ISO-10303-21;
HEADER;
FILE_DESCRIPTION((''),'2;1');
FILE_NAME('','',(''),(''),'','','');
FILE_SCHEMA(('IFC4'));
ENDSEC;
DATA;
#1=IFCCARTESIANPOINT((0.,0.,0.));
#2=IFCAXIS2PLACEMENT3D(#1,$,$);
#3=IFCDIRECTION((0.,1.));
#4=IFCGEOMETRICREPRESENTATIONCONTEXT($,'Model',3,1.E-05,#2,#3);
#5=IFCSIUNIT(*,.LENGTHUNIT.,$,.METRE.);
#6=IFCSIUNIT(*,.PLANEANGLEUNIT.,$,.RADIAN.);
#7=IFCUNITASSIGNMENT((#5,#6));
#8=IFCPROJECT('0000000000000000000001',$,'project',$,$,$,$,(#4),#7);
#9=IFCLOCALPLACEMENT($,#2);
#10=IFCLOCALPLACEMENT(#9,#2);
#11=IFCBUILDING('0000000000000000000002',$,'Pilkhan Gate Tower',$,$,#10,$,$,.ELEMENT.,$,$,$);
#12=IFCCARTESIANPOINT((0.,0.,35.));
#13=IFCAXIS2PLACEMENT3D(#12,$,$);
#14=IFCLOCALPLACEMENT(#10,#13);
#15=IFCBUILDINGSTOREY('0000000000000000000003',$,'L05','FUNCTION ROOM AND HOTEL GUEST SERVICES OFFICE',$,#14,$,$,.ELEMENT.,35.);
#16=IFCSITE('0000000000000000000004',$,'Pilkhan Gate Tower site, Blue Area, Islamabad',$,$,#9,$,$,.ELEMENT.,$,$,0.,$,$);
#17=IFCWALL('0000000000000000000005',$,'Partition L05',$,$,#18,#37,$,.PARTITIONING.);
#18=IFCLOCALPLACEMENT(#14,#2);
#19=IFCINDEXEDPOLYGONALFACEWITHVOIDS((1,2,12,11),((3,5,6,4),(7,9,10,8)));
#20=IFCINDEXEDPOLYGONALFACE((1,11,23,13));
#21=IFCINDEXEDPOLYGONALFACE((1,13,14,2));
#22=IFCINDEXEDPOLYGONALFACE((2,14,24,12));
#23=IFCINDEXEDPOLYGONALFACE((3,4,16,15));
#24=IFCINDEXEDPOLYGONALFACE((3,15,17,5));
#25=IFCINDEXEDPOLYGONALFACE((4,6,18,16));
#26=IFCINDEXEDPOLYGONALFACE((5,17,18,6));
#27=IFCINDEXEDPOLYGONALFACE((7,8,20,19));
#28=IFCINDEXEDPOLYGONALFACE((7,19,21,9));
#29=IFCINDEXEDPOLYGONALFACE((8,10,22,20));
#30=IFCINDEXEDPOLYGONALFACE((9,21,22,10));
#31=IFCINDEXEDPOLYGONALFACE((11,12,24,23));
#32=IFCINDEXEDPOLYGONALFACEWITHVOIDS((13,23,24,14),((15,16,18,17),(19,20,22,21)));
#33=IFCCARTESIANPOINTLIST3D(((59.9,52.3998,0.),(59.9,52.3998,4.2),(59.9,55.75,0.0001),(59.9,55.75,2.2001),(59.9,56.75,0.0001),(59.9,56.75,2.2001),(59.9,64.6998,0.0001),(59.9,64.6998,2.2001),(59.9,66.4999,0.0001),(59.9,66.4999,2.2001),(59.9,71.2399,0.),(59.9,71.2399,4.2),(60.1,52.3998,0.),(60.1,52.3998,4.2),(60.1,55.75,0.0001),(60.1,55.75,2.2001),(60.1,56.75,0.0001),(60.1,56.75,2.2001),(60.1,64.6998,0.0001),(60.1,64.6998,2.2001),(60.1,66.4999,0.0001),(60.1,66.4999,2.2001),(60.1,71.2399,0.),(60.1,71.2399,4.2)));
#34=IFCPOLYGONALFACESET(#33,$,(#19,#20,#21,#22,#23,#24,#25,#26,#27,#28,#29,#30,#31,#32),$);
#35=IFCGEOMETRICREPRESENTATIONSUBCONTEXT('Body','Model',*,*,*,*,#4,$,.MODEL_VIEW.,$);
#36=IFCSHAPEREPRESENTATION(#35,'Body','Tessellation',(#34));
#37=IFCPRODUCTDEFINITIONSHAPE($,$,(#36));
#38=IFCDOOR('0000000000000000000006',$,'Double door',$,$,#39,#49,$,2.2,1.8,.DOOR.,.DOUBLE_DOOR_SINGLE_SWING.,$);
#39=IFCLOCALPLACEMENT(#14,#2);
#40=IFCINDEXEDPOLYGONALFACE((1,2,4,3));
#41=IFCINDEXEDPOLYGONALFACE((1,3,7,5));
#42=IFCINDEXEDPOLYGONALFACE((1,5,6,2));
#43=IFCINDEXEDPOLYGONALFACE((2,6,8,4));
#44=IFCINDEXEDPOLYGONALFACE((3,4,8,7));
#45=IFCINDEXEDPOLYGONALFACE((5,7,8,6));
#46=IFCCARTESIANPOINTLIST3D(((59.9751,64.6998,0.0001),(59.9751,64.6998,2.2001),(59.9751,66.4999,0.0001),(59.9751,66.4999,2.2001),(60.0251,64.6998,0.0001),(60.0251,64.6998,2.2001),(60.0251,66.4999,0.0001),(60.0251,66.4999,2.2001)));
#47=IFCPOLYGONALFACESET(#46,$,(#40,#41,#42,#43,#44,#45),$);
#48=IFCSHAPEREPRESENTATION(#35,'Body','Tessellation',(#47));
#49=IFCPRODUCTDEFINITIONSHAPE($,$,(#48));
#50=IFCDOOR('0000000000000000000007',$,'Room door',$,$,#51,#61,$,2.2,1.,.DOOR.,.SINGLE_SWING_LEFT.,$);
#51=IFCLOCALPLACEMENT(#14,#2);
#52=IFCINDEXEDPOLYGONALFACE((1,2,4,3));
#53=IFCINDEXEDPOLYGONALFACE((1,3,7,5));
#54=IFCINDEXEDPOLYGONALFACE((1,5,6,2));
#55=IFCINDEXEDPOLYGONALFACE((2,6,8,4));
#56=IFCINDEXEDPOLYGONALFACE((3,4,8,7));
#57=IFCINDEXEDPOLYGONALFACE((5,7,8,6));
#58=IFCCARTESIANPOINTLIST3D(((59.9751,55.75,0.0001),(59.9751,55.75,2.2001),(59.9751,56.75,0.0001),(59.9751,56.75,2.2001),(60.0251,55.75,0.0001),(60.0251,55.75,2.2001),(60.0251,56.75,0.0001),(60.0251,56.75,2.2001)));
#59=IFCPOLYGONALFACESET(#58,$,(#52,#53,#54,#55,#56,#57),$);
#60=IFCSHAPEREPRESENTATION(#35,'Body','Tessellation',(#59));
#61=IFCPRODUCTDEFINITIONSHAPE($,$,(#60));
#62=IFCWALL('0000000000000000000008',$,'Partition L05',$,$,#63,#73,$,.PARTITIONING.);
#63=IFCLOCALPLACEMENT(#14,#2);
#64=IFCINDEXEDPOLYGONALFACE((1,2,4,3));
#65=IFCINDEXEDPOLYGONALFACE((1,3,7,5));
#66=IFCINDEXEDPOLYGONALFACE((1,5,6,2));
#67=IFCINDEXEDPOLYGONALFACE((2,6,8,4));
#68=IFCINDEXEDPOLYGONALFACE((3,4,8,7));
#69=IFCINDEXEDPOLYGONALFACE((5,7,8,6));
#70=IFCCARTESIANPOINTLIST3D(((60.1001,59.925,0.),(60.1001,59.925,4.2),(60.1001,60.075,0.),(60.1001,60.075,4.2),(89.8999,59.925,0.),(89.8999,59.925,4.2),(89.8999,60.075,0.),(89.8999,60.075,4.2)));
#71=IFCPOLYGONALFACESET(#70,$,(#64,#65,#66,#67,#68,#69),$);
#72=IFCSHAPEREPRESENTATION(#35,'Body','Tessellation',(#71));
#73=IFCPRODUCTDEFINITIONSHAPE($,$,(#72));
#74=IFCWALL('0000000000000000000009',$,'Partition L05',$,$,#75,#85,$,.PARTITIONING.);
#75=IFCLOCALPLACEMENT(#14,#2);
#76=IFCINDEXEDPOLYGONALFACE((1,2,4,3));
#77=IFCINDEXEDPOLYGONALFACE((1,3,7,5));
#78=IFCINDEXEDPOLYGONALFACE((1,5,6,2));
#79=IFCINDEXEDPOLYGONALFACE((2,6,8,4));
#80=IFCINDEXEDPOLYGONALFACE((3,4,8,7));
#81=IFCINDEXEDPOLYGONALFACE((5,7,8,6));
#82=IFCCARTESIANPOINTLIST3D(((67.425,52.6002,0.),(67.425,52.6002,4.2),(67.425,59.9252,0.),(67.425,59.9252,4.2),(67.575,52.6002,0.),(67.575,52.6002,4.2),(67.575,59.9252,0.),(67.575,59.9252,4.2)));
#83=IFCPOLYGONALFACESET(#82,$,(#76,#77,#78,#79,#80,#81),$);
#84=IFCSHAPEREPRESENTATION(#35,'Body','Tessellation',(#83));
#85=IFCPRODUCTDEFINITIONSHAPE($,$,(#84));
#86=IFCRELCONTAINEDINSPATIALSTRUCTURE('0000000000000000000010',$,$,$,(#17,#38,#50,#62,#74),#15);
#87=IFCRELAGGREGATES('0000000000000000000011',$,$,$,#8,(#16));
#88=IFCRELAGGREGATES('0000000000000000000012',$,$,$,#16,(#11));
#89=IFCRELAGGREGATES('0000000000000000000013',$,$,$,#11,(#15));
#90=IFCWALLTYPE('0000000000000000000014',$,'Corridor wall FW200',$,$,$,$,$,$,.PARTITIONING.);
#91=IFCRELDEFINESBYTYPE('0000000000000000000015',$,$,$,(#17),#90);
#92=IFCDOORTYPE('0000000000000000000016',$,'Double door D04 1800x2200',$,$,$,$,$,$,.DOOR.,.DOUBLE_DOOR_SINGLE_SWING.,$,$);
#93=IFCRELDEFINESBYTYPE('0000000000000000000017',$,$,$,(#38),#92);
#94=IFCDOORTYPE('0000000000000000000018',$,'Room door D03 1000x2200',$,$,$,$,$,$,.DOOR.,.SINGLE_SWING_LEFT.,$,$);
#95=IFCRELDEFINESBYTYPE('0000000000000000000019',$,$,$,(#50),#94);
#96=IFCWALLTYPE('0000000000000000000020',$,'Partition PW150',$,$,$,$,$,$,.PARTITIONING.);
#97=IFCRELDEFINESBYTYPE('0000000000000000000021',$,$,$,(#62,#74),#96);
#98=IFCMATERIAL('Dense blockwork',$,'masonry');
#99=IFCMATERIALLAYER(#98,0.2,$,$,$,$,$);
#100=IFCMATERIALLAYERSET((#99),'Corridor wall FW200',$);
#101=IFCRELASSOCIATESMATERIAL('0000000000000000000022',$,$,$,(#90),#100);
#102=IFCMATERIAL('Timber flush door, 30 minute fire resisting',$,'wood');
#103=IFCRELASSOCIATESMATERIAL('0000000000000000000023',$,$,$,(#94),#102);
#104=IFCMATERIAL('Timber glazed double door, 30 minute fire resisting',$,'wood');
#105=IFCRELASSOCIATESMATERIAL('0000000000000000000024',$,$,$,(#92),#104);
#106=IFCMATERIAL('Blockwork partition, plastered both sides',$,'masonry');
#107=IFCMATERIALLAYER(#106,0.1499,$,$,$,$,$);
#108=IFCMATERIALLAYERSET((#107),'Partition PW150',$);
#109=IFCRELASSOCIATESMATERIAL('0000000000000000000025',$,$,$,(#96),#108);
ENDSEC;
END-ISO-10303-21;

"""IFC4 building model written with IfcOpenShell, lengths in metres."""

from ifc_helpers import new_model, si_unit, direction, frame, frame_2d, origin, place, context, subcontext, project, spatial, rectangle, extrude, material, layer, layer_set, type_object, element, fill, save


model = new_model("IFC4")

# Units and contexts
model_context = context("Model", 3, precision=1e-05, world=origin(), true_north=direction((0.0, 1.0)))
body_context = subcontext(model_context, "Body", "Model", "MODEL_VIEW")
ifc_project = project(units=[si_unit("LENGTHUNIT", "METRE"), si_unit("PLANEANGLEUNIT", "RADIAN")], contexts=[model_context])

# Site, building, storey
site_placement = place(None, origin())
site = spatial("IfcSite", under=ifc_project, at=site_placement, Name="Pilkhan Gate Tower site, Blue Area, Islamabad", CompositionType="ELEMENT", RefElevation=0.0)
building_placement = place(site_placement, origin())
building = spatial("IfcBuilding", under=site, at=building_placement, Name="Pilkhan Gate Tower", CompositionType="ELEMENT")
storey_placement = place(building_placement, frame((0.0, 0.0, 35.0)))
storey = spatial("IfcBuildingStorey", under=building, at=storey_placement, Name="L05", Description="FUNCTION ROOM AND HOTEL GUEST SERVICES OFFICE", CompositionType="ELEMENT", Elevation=35.0)

# Wall, openings, doors
ifc_material_1 = material(Name="Dense blockwork", Category="masonry")
ifc_layer_1 = layer(ifc_material_1, 0.2)
ifc_layer_set_1 = layer_set([ifc_layer_1], Name="Corridor wall FW200")
wall_type_1 = type_object("IfcWallType", Name="Corridor wall FW200", PredefinedType="PARTITIONING", material=ifc_layer_set_1)
ifc_material_2 = material(Name="Timber flush door, 30 minute fire resisting", Category="wood")
door_type_1 = type_object("IfcDoorType", Name="Room door D03 1000x2200", OperationType="SINGLE_SWING_LEFT", PredefinedType="DOOR", material=ifc_material_2)
ifc_material_3 = material(Name="Timber glazed double door, 30 minute fire resisting", Category="wood")
door_type_2 = type_object("IfcDoorType", Name="Double door D04 1800x2200", OperationType="DOUBLE_DOOR_SINGLE_SWING", PredefinedType="DOOR", material=ifc_material_3)
wall_1_placement = place(storey_placement, frame((60.0, 52.3999, 0.0), z_axis=(0.0, 0.0, 1.0), x_axis=(0.0, 1.0, 0.0)))
wall_1 = element("IfcWall", 1, at=wall_1_placement, inside=storey, type_object=wall_type_1, Name="Partition L05", PredefinedType="PARTITIONING", context=body_context, shape_type="SweptSolid", body=[
    extrude(rectangle(XDim=18.8401, YDim=0.2, at=frame_2d((9.4199, 0.0))), origin(), (0.0, 0.0, 1.0), 4.2),
])
opening_1_placement = place(wall_1_placement, frame((12.3, 0.0, 0.0)))
opening_1 = element("IfcOpeningElement", 2, at=opening_1_placement, cuts=wall_1, PredefinedType="OPENING", context=body_context, shape_type="SweptSolid", body=[
    extrude(rectangle(XDim=1.8, YDim=2.2, at=frame_2d((0.8999, 1.1001))), frame((0.0, 0.1099, 0.0), z_axis=(0.0, -1.0, 0.0), x_axis=(1.0, 0.0, 0.0)), (0.0, 0.0, 1.0), 0.22),
])
opening_2_placement = place(wall_1_placement, frame((3.3501, 0.0, 0.0)))
opening_2 = element("IfcOpeningElement", 3, at=opening_2_placement, cuts=wall_1, PredefinedType="OPENING", context=body_context, shape_type="SweptSolid", body=[
    extrude(rectangle(XDim=1.0, YDim=2.2, at=frame_2d((0.5, 1.1001))), frame((0.0, 0.1099, 0.0), z_axis=(0.0, -1.0, 0.0), x_axis=(1.0, 0.0, 0.0)), (0.0, 0.0, 1.0), 0.22),
])
door_1_placement = place(opening_1_placement, origin())
door_1 = element("IfcDoor", 4, at=door_1_placement, inside=storey, type_object=door_type_2, Name="Double door", OperationType="DOUBLE_DOOR_SINGLE_SWING", OverallHeight=2.2, OverallWidth=1.8, PredefinedType="DOOR", context=body_context, shape_type="SweptSolid", body=[
    extrude(rectangle(XDim=1.8, YDim=2.2, at=frame_2d((0.8999, 1.1001))), frame((0.0, 0.0249, 0.0), z_axis=(0.0, -1.0, 0.0), x_axis=(1.0, 0.0, 0.0)), (0.0, 0.0, 1.0), 0.05),
])
fill(opening_1, door_1)
door_2_placement = place(opening_2_placement, origin())
door_2 = element("IfcDoor", 5, at=door_2_placement, inside=storey, type_object=door_type_1, Name="Room door", OperationType="SINGLE_SWING_LEFT", OverallHeight=2.2, OverallWidth=1.0, PredefinedType="DOOR", context=body_context, shape_type="SweptSolid", body=[
    extrude(rectangle(XDim=1.0, YDim=2.2, at=frame_2d((0.5, 1.1001))), frame((0.0, 0.0249, 0.0), z_axis=(0.0, -1.0, 0.0), x_axis=(1.0, 0.0, 0.0)), (0.0, 0.0, 1.0), 0.05),
])
fill(opening_2, door_2)

# Walls
ifc_material_4 = material(Name="Blockwork partition, plastered both sides", Category="masonry")
ifc_layer_2 = layer(ifc_material_4, 0.1499)
ifc_layer_set_2 = layer_set([ifc_layer_2], Name="Partition PW150")
wall_type_2 = type_object("IfcWallType", Name="Partition PW150", PredefinedType="PARTITIONING", material=ifc_layer_set_2)
wall_2_placement = place(storey_placement, frame((60.1001, 60.0, 0.0), z_axis=(0.0, 0.0, 1.0), x_axis=(1.0, 0.0, 0.0)))
element("IfcWall", 6, at=wall_2_placement, inside=storey, type_object=wall_type_2, Name="Partition L05", PredefinedType="PARTITIONING", context=body_context, shape_type="SweptSolid", body=[
    extrude(rectangle(XDim=29.7998, YDim=0.1499, at=frame_2d((14.8999, 0.0))), origin(), (0.0, 0.0, 1.0), 4.2),
])
wall_3_placement = place(storey_placement, frame((67.5, 52.6001, 0.0), z_axis=(0.0, 0.0, 1.0), x_axis=(0.0, 1.0, 0.0)))
element("IfcWall", 7, at=wall_3_placement, inside=storey, type_object=wall_type_2, Name="Partition L05", PredefinedType="PARTITIONING", context=body_context, shape_type="SweptSolid", body=[
    extrude(rectangle(XDim=7.325, YDim=0.1499, at=frame_2d((3.6626, 0.0))), origin(), (0.0, 0.0, 1.0), 4.2),
])

save(model, "model.ifc")
